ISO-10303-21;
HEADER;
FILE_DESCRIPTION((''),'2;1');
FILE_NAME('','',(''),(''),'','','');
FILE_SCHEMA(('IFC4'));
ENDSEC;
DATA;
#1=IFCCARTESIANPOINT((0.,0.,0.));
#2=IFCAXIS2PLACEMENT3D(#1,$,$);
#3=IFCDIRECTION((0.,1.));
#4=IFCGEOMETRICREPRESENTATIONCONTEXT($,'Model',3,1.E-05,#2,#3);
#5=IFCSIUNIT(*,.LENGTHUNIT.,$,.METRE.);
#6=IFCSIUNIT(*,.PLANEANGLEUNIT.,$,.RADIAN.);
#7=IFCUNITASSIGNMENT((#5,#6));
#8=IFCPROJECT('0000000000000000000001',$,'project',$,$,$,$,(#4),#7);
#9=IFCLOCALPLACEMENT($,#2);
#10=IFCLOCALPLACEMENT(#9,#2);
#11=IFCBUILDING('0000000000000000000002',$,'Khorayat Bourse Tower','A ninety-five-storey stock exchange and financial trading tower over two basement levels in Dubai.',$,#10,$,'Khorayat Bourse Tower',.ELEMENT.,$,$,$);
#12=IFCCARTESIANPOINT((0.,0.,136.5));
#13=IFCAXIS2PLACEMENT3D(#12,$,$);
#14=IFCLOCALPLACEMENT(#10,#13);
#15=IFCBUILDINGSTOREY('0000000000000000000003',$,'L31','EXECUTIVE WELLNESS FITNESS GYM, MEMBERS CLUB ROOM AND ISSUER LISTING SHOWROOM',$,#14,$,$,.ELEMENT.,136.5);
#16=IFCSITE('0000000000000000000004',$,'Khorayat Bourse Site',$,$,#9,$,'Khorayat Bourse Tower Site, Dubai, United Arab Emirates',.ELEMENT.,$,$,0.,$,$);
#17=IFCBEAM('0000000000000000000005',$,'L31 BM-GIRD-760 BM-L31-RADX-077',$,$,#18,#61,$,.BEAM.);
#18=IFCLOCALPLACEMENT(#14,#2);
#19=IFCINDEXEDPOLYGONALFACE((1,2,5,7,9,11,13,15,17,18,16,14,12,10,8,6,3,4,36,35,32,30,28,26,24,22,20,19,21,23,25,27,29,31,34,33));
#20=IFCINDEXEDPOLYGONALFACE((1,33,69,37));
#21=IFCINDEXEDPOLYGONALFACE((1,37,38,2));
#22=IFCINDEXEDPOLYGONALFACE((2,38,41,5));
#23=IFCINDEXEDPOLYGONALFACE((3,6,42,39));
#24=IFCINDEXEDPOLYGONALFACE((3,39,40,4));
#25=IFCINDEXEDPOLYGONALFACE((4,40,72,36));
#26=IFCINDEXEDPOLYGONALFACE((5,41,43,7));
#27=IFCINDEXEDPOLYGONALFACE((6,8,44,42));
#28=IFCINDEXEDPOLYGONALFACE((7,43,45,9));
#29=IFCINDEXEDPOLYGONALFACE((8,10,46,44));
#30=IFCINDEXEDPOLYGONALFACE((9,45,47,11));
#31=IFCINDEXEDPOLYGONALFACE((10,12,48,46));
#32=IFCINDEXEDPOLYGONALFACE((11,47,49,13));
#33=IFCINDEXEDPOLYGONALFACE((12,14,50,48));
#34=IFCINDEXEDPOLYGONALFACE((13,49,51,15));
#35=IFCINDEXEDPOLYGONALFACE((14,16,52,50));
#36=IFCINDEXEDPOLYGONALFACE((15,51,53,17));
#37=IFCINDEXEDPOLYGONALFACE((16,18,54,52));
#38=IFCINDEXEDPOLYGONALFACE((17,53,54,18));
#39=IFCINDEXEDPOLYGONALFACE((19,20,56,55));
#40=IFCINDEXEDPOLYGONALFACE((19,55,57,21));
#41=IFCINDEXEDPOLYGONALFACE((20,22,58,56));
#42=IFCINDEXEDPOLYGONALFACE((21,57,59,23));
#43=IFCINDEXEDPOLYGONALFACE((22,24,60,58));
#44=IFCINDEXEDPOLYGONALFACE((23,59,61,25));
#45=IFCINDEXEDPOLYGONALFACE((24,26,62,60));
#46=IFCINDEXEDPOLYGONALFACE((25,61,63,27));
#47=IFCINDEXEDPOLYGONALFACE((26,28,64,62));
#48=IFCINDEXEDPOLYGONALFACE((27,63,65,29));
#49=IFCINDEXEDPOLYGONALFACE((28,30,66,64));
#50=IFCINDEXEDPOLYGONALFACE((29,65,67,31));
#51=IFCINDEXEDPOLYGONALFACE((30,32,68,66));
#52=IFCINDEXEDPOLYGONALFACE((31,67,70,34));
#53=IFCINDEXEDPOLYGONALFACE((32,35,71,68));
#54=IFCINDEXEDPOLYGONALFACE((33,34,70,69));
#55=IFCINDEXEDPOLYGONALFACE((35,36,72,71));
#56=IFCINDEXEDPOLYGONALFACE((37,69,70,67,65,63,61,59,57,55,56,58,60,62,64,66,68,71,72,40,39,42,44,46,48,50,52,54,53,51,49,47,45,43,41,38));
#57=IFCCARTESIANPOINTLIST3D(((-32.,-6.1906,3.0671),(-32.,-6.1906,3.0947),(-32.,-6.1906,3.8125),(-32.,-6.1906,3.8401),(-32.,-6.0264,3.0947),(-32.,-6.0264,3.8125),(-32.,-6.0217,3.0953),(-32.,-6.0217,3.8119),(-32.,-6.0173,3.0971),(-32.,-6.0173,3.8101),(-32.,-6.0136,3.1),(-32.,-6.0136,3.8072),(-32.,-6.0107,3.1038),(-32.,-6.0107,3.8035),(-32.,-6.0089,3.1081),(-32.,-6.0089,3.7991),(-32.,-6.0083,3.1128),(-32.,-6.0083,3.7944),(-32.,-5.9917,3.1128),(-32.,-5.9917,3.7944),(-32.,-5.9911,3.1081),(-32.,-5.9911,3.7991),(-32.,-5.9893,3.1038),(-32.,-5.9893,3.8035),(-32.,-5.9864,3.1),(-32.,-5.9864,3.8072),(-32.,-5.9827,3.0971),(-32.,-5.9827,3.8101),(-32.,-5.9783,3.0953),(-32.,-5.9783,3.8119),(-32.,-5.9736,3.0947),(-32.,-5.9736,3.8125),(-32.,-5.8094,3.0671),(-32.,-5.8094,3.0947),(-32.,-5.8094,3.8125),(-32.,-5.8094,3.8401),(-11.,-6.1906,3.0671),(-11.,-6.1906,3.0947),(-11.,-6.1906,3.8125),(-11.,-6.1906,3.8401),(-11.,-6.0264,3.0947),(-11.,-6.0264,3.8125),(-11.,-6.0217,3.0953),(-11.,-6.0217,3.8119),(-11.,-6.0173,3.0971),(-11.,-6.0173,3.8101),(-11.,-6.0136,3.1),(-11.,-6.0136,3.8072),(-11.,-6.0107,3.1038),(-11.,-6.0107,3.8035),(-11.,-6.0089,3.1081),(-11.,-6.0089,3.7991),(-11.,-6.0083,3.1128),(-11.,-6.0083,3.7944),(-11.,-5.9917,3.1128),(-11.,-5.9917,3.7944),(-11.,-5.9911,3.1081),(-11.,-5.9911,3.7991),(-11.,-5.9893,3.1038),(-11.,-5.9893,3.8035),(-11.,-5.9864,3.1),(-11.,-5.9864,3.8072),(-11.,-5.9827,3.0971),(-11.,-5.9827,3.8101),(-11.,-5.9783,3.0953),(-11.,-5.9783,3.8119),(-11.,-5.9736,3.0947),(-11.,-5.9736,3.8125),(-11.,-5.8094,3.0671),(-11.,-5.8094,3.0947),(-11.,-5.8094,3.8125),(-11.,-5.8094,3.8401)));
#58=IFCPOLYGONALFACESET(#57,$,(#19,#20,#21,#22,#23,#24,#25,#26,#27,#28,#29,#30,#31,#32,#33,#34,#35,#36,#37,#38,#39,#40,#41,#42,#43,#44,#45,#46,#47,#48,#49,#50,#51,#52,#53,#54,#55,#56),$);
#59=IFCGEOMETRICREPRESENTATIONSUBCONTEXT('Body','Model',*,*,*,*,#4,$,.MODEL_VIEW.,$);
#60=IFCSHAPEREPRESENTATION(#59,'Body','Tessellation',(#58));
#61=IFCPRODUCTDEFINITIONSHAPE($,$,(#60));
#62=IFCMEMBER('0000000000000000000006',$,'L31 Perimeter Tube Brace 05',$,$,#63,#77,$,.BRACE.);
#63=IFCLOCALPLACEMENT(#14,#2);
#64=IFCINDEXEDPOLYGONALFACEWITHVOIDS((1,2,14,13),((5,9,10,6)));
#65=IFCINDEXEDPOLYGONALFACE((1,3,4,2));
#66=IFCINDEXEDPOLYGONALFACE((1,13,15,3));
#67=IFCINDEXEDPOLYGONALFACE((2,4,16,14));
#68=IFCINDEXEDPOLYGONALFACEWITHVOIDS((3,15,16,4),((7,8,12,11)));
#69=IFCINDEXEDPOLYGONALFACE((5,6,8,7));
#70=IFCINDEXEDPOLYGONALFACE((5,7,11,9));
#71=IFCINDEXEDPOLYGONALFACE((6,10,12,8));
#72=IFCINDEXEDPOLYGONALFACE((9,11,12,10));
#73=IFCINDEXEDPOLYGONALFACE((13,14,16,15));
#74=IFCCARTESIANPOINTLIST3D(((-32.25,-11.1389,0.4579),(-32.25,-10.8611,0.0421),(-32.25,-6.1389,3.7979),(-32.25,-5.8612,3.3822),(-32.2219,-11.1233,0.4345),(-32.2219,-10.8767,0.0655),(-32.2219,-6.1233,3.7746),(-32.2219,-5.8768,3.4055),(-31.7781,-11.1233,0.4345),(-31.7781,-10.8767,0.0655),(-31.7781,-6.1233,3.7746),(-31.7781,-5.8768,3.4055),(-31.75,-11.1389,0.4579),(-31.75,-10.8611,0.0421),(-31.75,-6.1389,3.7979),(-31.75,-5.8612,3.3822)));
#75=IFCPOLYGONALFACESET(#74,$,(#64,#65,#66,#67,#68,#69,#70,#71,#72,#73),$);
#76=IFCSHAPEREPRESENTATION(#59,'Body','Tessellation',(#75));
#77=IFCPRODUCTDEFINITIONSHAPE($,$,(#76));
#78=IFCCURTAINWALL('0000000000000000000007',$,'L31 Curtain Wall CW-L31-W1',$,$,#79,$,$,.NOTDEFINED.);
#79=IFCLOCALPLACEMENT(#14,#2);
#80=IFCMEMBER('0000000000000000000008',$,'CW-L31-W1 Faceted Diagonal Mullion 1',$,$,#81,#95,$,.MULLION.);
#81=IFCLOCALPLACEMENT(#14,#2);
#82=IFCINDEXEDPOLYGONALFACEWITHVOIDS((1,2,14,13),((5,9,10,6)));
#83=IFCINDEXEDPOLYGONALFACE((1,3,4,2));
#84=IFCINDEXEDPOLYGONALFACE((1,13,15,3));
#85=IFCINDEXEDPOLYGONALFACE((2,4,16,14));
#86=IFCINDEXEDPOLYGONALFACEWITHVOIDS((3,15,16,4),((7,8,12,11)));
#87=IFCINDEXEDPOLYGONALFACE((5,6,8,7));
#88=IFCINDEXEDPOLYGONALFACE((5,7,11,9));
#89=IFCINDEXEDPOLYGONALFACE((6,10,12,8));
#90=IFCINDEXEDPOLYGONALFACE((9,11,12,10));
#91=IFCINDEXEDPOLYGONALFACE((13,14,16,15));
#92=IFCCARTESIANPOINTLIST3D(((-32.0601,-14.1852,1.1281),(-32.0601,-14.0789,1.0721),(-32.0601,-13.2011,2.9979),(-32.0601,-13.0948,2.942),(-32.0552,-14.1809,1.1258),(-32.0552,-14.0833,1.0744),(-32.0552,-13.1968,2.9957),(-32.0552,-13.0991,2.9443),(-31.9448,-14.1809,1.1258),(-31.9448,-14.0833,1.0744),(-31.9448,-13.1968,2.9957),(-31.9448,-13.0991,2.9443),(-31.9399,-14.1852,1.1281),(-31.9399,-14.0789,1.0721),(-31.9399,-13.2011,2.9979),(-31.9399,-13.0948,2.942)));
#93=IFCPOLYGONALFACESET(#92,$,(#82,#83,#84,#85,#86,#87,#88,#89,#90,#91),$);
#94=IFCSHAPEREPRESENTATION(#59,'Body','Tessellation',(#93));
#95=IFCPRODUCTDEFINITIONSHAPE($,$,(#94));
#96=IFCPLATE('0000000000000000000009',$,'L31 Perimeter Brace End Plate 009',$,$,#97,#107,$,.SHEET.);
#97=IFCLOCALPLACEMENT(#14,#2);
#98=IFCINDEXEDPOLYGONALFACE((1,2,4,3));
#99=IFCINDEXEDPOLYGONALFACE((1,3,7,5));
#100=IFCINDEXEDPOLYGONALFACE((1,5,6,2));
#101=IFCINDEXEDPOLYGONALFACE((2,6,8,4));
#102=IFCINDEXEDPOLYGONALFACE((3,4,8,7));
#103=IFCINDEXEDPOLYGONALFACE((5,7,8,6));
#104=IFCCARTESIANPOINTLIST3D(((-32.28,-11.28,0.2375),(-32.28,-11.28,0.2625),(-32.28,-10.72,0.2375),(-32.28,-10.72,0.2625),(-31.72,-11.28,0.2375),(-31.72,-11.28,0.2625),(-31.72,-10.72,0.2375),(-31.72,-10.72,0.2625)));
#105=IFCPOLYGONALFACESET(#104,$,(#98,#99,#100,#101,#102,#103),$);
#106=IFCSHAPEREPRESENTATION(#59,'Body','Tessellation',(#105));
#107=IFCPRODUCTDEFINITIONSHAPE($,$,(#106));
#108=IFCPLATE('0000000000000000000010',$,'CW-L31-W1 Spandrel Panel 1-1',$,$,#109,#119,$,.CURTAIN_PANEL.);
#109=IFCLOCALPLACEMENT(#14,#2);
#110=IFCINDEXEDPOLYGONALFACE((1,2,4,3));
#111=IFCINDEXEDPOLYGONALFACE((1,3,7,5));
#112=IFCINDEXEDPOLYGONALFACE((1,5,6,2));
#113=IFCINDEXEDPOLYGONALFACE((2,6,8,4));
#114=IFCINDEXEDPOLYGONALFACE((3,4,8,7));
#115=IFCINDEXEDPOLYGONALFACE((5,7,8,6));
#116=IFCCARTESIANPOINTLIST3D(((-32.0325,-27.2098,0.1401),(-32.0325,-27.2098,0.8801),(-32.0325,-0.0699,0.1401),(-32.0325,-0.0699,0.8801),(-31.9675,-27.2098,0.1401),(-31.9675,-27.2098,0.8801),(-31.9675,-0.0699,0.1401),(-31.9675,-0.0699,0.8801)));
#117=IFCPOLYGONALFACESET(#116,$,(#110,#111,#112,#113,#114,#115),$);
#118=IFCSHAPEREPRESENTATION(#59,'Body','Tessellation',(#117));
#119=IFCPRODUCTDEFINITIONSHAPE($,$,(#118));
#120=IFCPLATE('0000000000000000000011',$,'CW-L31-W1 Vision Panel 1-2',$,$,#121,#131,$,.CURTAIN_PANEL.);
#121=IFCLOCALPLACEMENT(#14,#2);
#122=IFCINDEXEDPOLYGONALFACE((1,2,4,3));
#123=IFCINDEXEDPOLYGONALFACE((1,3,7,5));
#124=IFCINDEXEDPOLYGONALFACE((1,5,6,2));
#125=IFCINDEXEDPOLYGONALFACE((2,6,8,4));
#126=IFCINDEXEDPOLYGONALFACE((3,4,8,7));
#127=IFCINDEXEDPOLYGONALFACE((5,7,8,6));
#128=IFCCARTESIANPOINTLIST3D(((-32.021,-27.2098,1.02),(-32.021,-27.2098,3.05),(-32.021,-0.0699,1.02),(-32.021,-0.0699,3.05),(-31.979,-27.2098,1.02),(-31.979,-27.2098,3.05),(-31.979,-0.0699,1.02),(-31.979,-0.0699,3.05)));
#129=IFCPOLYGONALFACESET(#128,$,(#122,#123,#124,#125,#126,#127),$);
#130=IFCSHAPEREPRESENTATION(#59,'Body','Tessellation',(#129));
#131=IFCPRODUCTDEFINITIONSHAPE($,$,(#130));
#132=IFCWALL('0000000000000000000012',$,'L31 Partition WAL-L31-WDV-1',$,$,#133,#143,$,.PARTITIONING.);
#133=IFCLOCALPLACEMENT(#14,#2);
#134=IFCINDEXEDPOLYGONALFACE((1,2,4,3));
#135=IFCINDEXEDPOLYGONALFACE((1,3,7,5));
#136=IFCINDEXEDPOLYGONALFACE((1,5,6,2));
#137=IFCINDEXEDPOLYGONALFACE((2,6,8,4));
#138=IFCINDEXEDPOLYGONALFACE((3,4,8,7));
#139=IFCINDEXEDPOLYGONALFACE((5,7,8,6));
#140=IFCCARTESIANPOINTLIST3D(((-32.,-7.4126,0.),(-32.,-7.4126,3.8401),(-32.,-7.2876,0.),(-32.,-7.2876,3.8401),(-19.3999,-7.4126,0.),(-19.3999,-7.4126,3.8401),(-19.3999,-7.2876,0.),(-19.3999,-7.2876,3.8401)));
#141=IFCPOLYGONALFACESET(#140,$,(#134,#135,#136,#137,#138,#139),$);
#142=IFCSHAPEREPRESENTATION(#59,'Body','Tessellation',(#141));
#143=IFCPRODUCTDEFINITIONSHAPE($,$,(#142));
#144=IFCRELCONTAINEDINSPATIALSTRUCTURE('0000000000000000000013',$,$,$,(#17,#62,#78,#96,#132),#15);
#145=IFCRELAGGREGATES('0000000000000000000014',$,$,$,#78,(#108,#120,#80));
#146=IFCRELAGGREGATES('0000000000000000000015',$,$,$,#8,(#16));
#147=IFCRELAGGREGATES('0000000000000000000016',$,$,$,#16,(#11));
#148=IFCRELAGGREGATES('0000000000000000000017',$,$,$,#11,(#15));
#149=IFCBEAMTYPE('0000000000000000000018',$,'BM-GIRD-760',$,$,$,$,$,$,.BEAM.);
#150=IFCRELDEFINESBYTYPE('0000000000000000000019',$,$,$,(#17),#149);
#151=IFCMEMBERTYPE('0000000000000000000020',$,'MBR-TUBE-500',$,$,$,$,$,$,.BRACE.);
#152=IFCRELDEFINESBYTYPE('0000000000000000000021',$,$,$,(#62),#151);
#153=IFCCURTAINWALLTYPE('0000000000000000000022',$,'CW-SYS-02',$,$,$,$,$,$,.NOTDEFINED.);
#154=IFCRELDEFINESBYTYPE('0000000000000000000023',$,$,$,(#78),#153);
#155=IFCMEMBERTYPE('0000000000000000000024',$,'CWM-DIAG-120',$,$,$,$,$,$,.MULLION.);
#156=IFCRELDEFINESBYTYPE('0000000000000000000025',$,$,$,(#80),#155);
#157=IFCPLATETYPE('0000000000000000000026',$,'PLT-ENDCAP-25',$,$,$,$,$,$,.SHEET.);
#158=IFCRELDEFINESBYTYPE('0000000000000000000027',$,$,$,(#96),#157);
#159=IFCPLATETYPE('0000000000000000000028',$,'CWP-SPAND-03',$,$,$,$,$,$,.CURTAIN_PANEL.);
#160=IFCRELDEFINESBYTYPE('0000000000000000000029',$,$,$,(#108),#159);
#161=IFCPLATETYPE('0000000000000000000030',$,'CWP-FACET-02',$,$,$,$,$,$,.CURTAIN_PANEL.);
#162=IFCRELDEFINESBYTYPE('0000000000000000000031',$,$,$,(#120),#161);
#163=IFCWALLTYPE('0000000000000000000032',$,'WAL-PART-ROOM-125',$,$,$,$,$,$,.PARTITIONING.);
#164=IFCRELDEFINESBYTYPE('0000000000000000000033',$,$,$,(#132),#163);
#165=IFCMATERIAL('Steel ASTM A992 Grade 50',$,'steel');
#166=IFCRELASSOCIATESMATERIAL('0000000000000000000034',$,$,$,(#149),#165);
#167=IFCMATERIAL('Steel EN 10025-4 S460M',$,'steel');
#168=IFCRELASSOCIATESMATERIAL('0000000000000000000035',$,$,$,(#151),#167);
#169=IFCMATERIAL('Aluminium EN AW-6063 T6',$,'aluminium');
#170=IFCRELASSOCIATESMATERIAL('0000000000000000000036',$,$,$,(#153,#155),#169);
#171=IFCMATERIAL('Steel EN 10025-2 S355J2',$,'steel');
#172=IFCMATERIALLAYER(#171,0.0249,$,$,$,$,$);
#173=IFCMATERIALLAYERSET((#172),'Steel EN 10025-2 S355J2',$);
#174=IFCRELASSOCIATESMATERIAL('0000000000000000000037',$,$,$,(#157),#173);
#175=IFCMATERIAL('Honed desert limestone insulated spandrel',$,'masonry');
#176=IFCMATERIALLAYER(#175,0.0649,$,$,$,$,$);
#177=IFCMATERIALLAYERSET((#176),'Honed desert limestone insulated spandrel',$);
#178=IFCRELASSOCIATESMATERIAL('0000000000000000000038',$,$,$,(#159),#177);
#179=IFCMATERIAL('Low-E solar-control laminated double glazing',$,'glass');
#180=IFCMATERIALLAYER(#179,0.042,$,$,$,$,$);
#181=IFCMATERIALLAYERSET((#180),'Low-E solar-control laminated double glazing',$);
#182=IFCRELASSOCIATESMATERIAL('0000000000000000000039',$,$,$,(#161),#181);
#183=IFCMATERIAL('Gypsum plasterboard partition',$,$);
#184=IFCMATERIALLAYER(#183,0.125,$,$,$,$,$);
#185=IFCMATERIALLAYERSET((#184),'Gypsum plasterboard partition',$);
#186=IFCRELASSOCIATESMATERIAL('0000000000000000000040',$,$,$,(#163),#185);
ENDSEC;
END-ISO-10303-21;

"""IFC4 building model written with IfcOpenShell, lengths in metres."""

from ifc_helpers import new_model, si_unit, direction, frame, frame_2d, origin, origin_2d, place, context, subcontext, project, spatial, rectangle, hollow_rectangle, i_section, extrude, source, transform, mapped, material, layer, layer_set, material_profile, profile_set, type_object, element, aggregate, save


model = new_model("IFC4")

# Units and contexts
model_context = context("Model", 3, precision=1e-05, world=origin(), true_north=direction((0.0, 1.0)))
body_context = subcontext(model_context, "Body", "Model", "MODEL_VIEW")
ifc_project = project(units=[si_unit("LENGTHUNIT", "METRE"), si_unit("PLANEANGLEUNIT", "RADIAN")], contexts=[model_context])

# Site, building, storey
site_placement = place(None, origin())
site = spatial("IfcSite", under=ifc_project, at=site_placement, Name="Khorayat Bourse Site", LongName="Khorayat Bourse Tower Site, Dubai, United Arab Emirates", CompositionType="ELEMENT", RefElevation=0.0)
building_placement = place(site_placement, origin())
building = spatial("IfcBuilding", under=site, at=building_placement, Name="Khorayat Bourse Tower", Description="A ninety-five-storey stock exchange and financial trading tower over two basement levels in Dubai.", LongName="Khorayat Bourse Tower", CompositionType="ELEMENT")
storey_placement = place(building_placement, frame((0.0, 0.0, 136.5)))
storey = spatial("IfcBuildingStorey", under=building, at=storey_placement, Name="L31", Description="EXECUTIVE WELLNESS FITNESS GYM, MEMBERS CLUB ROOM AND ISSUER LISTING SHOWROOM", CompositionType="ELEMENT", Elevation=136.5)

# Shared definitions
ifc_material_1 = material(Name="Steel EN 10025-4 S460M", Category="steel")

# Beam
ifc_material_2 = material(Name="Steel ASTM A992 Grade 50", Category="steel")
ifc_material_profile_1 = material_profile(ifc_material_2, i_section(OverallWidth=0.3811, OverallDepth=0.7729, WebThickness=0.0166, FlangeThickness=0.0276, FilletRadius=0.0181, at=origin_2d()), Name="W760X257")
ifc_profile_set_1 = profile_set([ifc_material_profile_1], Name="Steel ASTM A992 Grade 50")
beam_type_1 = type_object("IfcBeamType", Name="BM-GIRD-760", PredefinedType="BEAM", material=ifc_profile_set_1)
shared_shape_1 = source(origin(), body_context, "Body", "SweptSolid", [
    extrude(i_section(OverallWidth=0.3811, OverallDepth=0.7729, WebThickness=0.0166, FlangeThickness=0.0276, FilletRadius=0.0181, at=origin_2d()), origin(), (0.0, 0.0, 1.0), 21.0),
])
for number, where, z_axis, x_axis, name in (
    (1, (-32.0, -6.0, 3.4536), (1.0, 0.0, 0.0), (0.0, 1.0, 0.0), "L31 BM-GIRD-760 BM-L31-RADX-077"),
):
    element("IfcBeam", number, at=place(storey_placement, frame(where, z_axis=z_axis, x_axis=x_axis)), inside=storey, type_object=beam_type_1, Name=name, PredefinedType="BEAM", context=body_context, shape_type="MappedRepresentation", body=[
        mapped(shared_shape_1, transform((0.0, 0.0, 0.0), scale=1.0)),
    ])

# Member
ifc_material_profile_2 = material_profile(ifc_material_1, hollow_rectangle(XDim=0.5, YDim=0.5, WallThickness=0.0281, at=origin_2d()), Name="HSS 500x500x28")
ifc_profile_set_2 = profile_set([ifc_material_profile_2], Name="Steel EN 10025-4 S460M")
member_type_1 = type_object("IfcMemberType", Name="MBR-TUBE-500", PredefinedType="BRACE", material=ifc_profile_set_2)
shared_shape_2 = source(origin(), body_context, "Body", "SweptSolid", [
    extrude(hollow_rectangle(XDim=0.5, YDim=0.5, WallThickness=0.0281, at=origin_2d()), origin(), (0.0, 0.0, 1.0), 6.0129),
])
member_1_placement = place(storey_placement, frame((-32.0, -11.0, 0.25), z_axis=(0.0, 0.831531, 0.555478), x_axis=(-1.0, 0.0, 0.0)))
element("IfcMember", 2, at=member_1_placement, inside=storey, type_object=member_type_1, Name="L31 Perimeter Tube Brace 05", PredefinedType="BRACE", context=body_context, shape_type="MappedRepresentation", body=[
    mapped(shared_shape_2, transform((0.0, 0.0, 0.0), scale=1.0)),
])

# Curtain wall, member
ifc_material_3 = material(Name="Aluminium EN AW-6063 T6", Category="aluminium")
curtain_wall_type = type_object("IfcCurtainWallType", Name="CW-SYS-02", PredefinedType="NOTDEFINED", material=ifc_material_3)
curtain_wall_placement = place(storey_placement, origin())
curtain_wall = element("IfcCurtainWall", 3, at=curtain_wall_placement, inside=storey, type_object=curtain_wall_type, Name="L31 Curtain Wall CW-L31-W1", PredefinedType="NOTDEFINED")
ifc_material_profile_3 = material_profile(ifc_material_3, hollow_rectangle(XDim=0.1201, YDim=0.1201, WallThickness=0.0049, at=origin_2d()), Name="ALU 120x120x5")
ifc_profile_set_3 = profile_set([ifc_material_profile_3], Name="Aluminium EN AW-6063 T6")
member_type_2 = type_object("IfcMemberType", Name="CWM-DIAG-120", PredefinedType="MULLION", material=ifc_profile_set_3)
shared_shape_3 = source(origin(), body_context, "Body", "SweptSolid", [
    extrude(hollow_rectangle(XDim=0.1201, YDim=0.1201, WallThickness=0.0049, at=origin_2d()), origin(), (0.0, 0.0, 1.0), 2.113),
])
member_2_placement = place(storey_placement, frame((-32.0, -14.1321, 1.1001), z_axis=(0.0, 0.465742, 0.884921), x_axis=(-1.0, 0.0, 0.0)))
member_2 = element("IfcMember", 4, at=member_2_placement, type_object=member_type_2, Name="CW-L31-W1 Faceted Diagonal Mullion 1", PredefinedType="MULLION", context=body_context, shape_type="MappedRepresentation", body=[
    mapped(shared_shape_3, transform((0.0, 0.0, 0.0), scale=1.0)),
])

# Plates
ifc_material_4 = material(Name="Steel EN 10025-2 S355J2", Category="steel")
ifc_layer_1 = layer(ifc_material_4, 0.0249)
ifc_layer_set_1 = layer_set([ifc_layer_1], Name="Steel EN 10025-2 S355J2")
plate_type_1 = type_object("IfcPlateType", Name="PLT-ENDCAP-25", PredefinedType="SHEET", material=ifc_layer_set_1)
shared_shape_4 = source(origin(), body_context, "Body", "SweptSolid", [
    extrude(rectangle(XDim=0.5601, YDim=0.5601, at=origin_2d()), origin(), (0.0, 0.0, 1.0), 0.0249),
])
plate_1_placement = place(storey_placement, frame((-32.0, -11.0, 0.2375), z_axis=(0.0, 0.0, 1.0), x_axis=(1.0, 0.0, 0.0)))
element("IfcPlate", 5, at=plate_1_placement, inside=storey, type_object=plate_type_1, Name="L31 Perimeter Brace End Plate 009", PredefinedType="SHEET", context=body_context, shape_type="MappedRepresentation", body=[
    mapped(shared_shape_4, transform((0.0, 0.0, 0.0), scale=1.0)),
])
ifc_material_5 = material(Name="Honed desert limestone insulated spandrel", Category="masonry")
ifc_layer_2 = layer(ifc_material_5, 0.0649)
ifc_layer_set_2 = layer_set([ifc_layer_2], Name="Honed desert limestone insulated spandrel")
plate_type_2 = type_object("IfcPlateType", Name="CWP-SPAND-03", PredefinedType="CURTAIN_PANEL", material=ifc_layer_set_2)
shared_shape_5 = source(origin(), body_context, "Body", "SweptSolid", [
    extrude(rectangle(XDim=27.1399, YDim=0.0649, at=origin_2d()), origin(), (0.0, 0.0, 1.0), 0.74),
])
plate_2_placement = place(storey_placement, frame((-32.0, -13.6399, 0.1401), z_axis=(0.0, 0.0, 1.0), x_axis=(0.0, 1.0, 0.0)))
plate_2 = element("IfcPlate", 6, at=plate_2_placement, type_object=plate_type_2, Name="CW-L31-W1 Spandrel Panel 1-1", PredefinedType="CURTAIN_PANEL", context=body_context, shape_type="MappedRepresentation", body=[
    mapped(shared_shape_5, transform((0.0, 0.0, 0.0), scale=1.0)),
])
ifc_material_6 = material(Name="Low-E solar-control laminated double glazing", Category="glass")
ifc_layer_3 = layer(ifc_material_6, 0.042)
ifc_layer_set_3 = layer_set([ifc_layer_3], Name="Low-E solar-control laminated double glazing")
plate_type_3 = type_object("IfcPlateType", Name="CWP-FACET-02", PredefinedType="CURTAIN_PANEL", material=ifc_layer_set_3)
shared_shape_6 = source(origin(), body_context, "Body", "SweptSolid", [
    extrude(rectangle(XDim=27.1399, YDim=0.042, at=origin_2d()), origin(), (0.0, 0.0, 1.0), 2.03),
])
plate_3_placement = place(storey_placement, frame((-32.0, -13.6399, 1.02), z_axis=(0.0, 0.0, 1.0), x_axis=(0.0, 1.0, 0.0)))
plate_3 = element("IfcPlate", 7, at=plate_3_placement, type_object=plate_type_3, Name="CW-L31-W1 Vision Panel 1-2", PredefinedType="CURTAIN_PANEL", context=body_context, shape_type="MappedRepresentation", body=[
    mapped(shared_shape_6, transform((0.0, 0.0, 0.0), scale=1.0)),
])
aggregate(curtain_wall, [plate_2, plate_3, member_2])

# Wall
ifc_material_7 = material(Name="Gypsum plasterboard partition")
ifc_layer_4 = layer(ifc_material_7, 0.125)
ifc_layer_set_4 = layer_set([ifc_layer_4], Name="Gypsum plasterboard partition")
wall_type = type_object("IfcWallType", Name="WAL-PART-ROOM-125", PredefinedType="PARTITIONING", material=ifc_layer_set_4)
shared_shape_7 = source(origin(), body_context, "Body", "SweptSolid", [
    extrude(rectangle(XDim=12.6001, YDim=0.125, at=frame_2d((6.3, 0.0))), origin(), (0.0, 0.0, 1.0), 3.8401),
])
wall_placement = place(storey_placement, frame((-32.0, -7.3501, 0.0), z_axis=(0.0, 0.0, 1.0), x_axis=(1.0, 0.0, 0.0)))
element("IfcWall", 8, at=wall_placement, inside=storey, type_object=wall_type, Name="L31 Partition WAL-L31-WDV-1", PredefinedType="PARTITIONING", context=body_context, shape_type="MappedRepresentation", body=[
    mapped(shared_shape_7, transform((0.0, 0.0, 0.0), scale=1.0)),
])

save(model, "model.ifc")
